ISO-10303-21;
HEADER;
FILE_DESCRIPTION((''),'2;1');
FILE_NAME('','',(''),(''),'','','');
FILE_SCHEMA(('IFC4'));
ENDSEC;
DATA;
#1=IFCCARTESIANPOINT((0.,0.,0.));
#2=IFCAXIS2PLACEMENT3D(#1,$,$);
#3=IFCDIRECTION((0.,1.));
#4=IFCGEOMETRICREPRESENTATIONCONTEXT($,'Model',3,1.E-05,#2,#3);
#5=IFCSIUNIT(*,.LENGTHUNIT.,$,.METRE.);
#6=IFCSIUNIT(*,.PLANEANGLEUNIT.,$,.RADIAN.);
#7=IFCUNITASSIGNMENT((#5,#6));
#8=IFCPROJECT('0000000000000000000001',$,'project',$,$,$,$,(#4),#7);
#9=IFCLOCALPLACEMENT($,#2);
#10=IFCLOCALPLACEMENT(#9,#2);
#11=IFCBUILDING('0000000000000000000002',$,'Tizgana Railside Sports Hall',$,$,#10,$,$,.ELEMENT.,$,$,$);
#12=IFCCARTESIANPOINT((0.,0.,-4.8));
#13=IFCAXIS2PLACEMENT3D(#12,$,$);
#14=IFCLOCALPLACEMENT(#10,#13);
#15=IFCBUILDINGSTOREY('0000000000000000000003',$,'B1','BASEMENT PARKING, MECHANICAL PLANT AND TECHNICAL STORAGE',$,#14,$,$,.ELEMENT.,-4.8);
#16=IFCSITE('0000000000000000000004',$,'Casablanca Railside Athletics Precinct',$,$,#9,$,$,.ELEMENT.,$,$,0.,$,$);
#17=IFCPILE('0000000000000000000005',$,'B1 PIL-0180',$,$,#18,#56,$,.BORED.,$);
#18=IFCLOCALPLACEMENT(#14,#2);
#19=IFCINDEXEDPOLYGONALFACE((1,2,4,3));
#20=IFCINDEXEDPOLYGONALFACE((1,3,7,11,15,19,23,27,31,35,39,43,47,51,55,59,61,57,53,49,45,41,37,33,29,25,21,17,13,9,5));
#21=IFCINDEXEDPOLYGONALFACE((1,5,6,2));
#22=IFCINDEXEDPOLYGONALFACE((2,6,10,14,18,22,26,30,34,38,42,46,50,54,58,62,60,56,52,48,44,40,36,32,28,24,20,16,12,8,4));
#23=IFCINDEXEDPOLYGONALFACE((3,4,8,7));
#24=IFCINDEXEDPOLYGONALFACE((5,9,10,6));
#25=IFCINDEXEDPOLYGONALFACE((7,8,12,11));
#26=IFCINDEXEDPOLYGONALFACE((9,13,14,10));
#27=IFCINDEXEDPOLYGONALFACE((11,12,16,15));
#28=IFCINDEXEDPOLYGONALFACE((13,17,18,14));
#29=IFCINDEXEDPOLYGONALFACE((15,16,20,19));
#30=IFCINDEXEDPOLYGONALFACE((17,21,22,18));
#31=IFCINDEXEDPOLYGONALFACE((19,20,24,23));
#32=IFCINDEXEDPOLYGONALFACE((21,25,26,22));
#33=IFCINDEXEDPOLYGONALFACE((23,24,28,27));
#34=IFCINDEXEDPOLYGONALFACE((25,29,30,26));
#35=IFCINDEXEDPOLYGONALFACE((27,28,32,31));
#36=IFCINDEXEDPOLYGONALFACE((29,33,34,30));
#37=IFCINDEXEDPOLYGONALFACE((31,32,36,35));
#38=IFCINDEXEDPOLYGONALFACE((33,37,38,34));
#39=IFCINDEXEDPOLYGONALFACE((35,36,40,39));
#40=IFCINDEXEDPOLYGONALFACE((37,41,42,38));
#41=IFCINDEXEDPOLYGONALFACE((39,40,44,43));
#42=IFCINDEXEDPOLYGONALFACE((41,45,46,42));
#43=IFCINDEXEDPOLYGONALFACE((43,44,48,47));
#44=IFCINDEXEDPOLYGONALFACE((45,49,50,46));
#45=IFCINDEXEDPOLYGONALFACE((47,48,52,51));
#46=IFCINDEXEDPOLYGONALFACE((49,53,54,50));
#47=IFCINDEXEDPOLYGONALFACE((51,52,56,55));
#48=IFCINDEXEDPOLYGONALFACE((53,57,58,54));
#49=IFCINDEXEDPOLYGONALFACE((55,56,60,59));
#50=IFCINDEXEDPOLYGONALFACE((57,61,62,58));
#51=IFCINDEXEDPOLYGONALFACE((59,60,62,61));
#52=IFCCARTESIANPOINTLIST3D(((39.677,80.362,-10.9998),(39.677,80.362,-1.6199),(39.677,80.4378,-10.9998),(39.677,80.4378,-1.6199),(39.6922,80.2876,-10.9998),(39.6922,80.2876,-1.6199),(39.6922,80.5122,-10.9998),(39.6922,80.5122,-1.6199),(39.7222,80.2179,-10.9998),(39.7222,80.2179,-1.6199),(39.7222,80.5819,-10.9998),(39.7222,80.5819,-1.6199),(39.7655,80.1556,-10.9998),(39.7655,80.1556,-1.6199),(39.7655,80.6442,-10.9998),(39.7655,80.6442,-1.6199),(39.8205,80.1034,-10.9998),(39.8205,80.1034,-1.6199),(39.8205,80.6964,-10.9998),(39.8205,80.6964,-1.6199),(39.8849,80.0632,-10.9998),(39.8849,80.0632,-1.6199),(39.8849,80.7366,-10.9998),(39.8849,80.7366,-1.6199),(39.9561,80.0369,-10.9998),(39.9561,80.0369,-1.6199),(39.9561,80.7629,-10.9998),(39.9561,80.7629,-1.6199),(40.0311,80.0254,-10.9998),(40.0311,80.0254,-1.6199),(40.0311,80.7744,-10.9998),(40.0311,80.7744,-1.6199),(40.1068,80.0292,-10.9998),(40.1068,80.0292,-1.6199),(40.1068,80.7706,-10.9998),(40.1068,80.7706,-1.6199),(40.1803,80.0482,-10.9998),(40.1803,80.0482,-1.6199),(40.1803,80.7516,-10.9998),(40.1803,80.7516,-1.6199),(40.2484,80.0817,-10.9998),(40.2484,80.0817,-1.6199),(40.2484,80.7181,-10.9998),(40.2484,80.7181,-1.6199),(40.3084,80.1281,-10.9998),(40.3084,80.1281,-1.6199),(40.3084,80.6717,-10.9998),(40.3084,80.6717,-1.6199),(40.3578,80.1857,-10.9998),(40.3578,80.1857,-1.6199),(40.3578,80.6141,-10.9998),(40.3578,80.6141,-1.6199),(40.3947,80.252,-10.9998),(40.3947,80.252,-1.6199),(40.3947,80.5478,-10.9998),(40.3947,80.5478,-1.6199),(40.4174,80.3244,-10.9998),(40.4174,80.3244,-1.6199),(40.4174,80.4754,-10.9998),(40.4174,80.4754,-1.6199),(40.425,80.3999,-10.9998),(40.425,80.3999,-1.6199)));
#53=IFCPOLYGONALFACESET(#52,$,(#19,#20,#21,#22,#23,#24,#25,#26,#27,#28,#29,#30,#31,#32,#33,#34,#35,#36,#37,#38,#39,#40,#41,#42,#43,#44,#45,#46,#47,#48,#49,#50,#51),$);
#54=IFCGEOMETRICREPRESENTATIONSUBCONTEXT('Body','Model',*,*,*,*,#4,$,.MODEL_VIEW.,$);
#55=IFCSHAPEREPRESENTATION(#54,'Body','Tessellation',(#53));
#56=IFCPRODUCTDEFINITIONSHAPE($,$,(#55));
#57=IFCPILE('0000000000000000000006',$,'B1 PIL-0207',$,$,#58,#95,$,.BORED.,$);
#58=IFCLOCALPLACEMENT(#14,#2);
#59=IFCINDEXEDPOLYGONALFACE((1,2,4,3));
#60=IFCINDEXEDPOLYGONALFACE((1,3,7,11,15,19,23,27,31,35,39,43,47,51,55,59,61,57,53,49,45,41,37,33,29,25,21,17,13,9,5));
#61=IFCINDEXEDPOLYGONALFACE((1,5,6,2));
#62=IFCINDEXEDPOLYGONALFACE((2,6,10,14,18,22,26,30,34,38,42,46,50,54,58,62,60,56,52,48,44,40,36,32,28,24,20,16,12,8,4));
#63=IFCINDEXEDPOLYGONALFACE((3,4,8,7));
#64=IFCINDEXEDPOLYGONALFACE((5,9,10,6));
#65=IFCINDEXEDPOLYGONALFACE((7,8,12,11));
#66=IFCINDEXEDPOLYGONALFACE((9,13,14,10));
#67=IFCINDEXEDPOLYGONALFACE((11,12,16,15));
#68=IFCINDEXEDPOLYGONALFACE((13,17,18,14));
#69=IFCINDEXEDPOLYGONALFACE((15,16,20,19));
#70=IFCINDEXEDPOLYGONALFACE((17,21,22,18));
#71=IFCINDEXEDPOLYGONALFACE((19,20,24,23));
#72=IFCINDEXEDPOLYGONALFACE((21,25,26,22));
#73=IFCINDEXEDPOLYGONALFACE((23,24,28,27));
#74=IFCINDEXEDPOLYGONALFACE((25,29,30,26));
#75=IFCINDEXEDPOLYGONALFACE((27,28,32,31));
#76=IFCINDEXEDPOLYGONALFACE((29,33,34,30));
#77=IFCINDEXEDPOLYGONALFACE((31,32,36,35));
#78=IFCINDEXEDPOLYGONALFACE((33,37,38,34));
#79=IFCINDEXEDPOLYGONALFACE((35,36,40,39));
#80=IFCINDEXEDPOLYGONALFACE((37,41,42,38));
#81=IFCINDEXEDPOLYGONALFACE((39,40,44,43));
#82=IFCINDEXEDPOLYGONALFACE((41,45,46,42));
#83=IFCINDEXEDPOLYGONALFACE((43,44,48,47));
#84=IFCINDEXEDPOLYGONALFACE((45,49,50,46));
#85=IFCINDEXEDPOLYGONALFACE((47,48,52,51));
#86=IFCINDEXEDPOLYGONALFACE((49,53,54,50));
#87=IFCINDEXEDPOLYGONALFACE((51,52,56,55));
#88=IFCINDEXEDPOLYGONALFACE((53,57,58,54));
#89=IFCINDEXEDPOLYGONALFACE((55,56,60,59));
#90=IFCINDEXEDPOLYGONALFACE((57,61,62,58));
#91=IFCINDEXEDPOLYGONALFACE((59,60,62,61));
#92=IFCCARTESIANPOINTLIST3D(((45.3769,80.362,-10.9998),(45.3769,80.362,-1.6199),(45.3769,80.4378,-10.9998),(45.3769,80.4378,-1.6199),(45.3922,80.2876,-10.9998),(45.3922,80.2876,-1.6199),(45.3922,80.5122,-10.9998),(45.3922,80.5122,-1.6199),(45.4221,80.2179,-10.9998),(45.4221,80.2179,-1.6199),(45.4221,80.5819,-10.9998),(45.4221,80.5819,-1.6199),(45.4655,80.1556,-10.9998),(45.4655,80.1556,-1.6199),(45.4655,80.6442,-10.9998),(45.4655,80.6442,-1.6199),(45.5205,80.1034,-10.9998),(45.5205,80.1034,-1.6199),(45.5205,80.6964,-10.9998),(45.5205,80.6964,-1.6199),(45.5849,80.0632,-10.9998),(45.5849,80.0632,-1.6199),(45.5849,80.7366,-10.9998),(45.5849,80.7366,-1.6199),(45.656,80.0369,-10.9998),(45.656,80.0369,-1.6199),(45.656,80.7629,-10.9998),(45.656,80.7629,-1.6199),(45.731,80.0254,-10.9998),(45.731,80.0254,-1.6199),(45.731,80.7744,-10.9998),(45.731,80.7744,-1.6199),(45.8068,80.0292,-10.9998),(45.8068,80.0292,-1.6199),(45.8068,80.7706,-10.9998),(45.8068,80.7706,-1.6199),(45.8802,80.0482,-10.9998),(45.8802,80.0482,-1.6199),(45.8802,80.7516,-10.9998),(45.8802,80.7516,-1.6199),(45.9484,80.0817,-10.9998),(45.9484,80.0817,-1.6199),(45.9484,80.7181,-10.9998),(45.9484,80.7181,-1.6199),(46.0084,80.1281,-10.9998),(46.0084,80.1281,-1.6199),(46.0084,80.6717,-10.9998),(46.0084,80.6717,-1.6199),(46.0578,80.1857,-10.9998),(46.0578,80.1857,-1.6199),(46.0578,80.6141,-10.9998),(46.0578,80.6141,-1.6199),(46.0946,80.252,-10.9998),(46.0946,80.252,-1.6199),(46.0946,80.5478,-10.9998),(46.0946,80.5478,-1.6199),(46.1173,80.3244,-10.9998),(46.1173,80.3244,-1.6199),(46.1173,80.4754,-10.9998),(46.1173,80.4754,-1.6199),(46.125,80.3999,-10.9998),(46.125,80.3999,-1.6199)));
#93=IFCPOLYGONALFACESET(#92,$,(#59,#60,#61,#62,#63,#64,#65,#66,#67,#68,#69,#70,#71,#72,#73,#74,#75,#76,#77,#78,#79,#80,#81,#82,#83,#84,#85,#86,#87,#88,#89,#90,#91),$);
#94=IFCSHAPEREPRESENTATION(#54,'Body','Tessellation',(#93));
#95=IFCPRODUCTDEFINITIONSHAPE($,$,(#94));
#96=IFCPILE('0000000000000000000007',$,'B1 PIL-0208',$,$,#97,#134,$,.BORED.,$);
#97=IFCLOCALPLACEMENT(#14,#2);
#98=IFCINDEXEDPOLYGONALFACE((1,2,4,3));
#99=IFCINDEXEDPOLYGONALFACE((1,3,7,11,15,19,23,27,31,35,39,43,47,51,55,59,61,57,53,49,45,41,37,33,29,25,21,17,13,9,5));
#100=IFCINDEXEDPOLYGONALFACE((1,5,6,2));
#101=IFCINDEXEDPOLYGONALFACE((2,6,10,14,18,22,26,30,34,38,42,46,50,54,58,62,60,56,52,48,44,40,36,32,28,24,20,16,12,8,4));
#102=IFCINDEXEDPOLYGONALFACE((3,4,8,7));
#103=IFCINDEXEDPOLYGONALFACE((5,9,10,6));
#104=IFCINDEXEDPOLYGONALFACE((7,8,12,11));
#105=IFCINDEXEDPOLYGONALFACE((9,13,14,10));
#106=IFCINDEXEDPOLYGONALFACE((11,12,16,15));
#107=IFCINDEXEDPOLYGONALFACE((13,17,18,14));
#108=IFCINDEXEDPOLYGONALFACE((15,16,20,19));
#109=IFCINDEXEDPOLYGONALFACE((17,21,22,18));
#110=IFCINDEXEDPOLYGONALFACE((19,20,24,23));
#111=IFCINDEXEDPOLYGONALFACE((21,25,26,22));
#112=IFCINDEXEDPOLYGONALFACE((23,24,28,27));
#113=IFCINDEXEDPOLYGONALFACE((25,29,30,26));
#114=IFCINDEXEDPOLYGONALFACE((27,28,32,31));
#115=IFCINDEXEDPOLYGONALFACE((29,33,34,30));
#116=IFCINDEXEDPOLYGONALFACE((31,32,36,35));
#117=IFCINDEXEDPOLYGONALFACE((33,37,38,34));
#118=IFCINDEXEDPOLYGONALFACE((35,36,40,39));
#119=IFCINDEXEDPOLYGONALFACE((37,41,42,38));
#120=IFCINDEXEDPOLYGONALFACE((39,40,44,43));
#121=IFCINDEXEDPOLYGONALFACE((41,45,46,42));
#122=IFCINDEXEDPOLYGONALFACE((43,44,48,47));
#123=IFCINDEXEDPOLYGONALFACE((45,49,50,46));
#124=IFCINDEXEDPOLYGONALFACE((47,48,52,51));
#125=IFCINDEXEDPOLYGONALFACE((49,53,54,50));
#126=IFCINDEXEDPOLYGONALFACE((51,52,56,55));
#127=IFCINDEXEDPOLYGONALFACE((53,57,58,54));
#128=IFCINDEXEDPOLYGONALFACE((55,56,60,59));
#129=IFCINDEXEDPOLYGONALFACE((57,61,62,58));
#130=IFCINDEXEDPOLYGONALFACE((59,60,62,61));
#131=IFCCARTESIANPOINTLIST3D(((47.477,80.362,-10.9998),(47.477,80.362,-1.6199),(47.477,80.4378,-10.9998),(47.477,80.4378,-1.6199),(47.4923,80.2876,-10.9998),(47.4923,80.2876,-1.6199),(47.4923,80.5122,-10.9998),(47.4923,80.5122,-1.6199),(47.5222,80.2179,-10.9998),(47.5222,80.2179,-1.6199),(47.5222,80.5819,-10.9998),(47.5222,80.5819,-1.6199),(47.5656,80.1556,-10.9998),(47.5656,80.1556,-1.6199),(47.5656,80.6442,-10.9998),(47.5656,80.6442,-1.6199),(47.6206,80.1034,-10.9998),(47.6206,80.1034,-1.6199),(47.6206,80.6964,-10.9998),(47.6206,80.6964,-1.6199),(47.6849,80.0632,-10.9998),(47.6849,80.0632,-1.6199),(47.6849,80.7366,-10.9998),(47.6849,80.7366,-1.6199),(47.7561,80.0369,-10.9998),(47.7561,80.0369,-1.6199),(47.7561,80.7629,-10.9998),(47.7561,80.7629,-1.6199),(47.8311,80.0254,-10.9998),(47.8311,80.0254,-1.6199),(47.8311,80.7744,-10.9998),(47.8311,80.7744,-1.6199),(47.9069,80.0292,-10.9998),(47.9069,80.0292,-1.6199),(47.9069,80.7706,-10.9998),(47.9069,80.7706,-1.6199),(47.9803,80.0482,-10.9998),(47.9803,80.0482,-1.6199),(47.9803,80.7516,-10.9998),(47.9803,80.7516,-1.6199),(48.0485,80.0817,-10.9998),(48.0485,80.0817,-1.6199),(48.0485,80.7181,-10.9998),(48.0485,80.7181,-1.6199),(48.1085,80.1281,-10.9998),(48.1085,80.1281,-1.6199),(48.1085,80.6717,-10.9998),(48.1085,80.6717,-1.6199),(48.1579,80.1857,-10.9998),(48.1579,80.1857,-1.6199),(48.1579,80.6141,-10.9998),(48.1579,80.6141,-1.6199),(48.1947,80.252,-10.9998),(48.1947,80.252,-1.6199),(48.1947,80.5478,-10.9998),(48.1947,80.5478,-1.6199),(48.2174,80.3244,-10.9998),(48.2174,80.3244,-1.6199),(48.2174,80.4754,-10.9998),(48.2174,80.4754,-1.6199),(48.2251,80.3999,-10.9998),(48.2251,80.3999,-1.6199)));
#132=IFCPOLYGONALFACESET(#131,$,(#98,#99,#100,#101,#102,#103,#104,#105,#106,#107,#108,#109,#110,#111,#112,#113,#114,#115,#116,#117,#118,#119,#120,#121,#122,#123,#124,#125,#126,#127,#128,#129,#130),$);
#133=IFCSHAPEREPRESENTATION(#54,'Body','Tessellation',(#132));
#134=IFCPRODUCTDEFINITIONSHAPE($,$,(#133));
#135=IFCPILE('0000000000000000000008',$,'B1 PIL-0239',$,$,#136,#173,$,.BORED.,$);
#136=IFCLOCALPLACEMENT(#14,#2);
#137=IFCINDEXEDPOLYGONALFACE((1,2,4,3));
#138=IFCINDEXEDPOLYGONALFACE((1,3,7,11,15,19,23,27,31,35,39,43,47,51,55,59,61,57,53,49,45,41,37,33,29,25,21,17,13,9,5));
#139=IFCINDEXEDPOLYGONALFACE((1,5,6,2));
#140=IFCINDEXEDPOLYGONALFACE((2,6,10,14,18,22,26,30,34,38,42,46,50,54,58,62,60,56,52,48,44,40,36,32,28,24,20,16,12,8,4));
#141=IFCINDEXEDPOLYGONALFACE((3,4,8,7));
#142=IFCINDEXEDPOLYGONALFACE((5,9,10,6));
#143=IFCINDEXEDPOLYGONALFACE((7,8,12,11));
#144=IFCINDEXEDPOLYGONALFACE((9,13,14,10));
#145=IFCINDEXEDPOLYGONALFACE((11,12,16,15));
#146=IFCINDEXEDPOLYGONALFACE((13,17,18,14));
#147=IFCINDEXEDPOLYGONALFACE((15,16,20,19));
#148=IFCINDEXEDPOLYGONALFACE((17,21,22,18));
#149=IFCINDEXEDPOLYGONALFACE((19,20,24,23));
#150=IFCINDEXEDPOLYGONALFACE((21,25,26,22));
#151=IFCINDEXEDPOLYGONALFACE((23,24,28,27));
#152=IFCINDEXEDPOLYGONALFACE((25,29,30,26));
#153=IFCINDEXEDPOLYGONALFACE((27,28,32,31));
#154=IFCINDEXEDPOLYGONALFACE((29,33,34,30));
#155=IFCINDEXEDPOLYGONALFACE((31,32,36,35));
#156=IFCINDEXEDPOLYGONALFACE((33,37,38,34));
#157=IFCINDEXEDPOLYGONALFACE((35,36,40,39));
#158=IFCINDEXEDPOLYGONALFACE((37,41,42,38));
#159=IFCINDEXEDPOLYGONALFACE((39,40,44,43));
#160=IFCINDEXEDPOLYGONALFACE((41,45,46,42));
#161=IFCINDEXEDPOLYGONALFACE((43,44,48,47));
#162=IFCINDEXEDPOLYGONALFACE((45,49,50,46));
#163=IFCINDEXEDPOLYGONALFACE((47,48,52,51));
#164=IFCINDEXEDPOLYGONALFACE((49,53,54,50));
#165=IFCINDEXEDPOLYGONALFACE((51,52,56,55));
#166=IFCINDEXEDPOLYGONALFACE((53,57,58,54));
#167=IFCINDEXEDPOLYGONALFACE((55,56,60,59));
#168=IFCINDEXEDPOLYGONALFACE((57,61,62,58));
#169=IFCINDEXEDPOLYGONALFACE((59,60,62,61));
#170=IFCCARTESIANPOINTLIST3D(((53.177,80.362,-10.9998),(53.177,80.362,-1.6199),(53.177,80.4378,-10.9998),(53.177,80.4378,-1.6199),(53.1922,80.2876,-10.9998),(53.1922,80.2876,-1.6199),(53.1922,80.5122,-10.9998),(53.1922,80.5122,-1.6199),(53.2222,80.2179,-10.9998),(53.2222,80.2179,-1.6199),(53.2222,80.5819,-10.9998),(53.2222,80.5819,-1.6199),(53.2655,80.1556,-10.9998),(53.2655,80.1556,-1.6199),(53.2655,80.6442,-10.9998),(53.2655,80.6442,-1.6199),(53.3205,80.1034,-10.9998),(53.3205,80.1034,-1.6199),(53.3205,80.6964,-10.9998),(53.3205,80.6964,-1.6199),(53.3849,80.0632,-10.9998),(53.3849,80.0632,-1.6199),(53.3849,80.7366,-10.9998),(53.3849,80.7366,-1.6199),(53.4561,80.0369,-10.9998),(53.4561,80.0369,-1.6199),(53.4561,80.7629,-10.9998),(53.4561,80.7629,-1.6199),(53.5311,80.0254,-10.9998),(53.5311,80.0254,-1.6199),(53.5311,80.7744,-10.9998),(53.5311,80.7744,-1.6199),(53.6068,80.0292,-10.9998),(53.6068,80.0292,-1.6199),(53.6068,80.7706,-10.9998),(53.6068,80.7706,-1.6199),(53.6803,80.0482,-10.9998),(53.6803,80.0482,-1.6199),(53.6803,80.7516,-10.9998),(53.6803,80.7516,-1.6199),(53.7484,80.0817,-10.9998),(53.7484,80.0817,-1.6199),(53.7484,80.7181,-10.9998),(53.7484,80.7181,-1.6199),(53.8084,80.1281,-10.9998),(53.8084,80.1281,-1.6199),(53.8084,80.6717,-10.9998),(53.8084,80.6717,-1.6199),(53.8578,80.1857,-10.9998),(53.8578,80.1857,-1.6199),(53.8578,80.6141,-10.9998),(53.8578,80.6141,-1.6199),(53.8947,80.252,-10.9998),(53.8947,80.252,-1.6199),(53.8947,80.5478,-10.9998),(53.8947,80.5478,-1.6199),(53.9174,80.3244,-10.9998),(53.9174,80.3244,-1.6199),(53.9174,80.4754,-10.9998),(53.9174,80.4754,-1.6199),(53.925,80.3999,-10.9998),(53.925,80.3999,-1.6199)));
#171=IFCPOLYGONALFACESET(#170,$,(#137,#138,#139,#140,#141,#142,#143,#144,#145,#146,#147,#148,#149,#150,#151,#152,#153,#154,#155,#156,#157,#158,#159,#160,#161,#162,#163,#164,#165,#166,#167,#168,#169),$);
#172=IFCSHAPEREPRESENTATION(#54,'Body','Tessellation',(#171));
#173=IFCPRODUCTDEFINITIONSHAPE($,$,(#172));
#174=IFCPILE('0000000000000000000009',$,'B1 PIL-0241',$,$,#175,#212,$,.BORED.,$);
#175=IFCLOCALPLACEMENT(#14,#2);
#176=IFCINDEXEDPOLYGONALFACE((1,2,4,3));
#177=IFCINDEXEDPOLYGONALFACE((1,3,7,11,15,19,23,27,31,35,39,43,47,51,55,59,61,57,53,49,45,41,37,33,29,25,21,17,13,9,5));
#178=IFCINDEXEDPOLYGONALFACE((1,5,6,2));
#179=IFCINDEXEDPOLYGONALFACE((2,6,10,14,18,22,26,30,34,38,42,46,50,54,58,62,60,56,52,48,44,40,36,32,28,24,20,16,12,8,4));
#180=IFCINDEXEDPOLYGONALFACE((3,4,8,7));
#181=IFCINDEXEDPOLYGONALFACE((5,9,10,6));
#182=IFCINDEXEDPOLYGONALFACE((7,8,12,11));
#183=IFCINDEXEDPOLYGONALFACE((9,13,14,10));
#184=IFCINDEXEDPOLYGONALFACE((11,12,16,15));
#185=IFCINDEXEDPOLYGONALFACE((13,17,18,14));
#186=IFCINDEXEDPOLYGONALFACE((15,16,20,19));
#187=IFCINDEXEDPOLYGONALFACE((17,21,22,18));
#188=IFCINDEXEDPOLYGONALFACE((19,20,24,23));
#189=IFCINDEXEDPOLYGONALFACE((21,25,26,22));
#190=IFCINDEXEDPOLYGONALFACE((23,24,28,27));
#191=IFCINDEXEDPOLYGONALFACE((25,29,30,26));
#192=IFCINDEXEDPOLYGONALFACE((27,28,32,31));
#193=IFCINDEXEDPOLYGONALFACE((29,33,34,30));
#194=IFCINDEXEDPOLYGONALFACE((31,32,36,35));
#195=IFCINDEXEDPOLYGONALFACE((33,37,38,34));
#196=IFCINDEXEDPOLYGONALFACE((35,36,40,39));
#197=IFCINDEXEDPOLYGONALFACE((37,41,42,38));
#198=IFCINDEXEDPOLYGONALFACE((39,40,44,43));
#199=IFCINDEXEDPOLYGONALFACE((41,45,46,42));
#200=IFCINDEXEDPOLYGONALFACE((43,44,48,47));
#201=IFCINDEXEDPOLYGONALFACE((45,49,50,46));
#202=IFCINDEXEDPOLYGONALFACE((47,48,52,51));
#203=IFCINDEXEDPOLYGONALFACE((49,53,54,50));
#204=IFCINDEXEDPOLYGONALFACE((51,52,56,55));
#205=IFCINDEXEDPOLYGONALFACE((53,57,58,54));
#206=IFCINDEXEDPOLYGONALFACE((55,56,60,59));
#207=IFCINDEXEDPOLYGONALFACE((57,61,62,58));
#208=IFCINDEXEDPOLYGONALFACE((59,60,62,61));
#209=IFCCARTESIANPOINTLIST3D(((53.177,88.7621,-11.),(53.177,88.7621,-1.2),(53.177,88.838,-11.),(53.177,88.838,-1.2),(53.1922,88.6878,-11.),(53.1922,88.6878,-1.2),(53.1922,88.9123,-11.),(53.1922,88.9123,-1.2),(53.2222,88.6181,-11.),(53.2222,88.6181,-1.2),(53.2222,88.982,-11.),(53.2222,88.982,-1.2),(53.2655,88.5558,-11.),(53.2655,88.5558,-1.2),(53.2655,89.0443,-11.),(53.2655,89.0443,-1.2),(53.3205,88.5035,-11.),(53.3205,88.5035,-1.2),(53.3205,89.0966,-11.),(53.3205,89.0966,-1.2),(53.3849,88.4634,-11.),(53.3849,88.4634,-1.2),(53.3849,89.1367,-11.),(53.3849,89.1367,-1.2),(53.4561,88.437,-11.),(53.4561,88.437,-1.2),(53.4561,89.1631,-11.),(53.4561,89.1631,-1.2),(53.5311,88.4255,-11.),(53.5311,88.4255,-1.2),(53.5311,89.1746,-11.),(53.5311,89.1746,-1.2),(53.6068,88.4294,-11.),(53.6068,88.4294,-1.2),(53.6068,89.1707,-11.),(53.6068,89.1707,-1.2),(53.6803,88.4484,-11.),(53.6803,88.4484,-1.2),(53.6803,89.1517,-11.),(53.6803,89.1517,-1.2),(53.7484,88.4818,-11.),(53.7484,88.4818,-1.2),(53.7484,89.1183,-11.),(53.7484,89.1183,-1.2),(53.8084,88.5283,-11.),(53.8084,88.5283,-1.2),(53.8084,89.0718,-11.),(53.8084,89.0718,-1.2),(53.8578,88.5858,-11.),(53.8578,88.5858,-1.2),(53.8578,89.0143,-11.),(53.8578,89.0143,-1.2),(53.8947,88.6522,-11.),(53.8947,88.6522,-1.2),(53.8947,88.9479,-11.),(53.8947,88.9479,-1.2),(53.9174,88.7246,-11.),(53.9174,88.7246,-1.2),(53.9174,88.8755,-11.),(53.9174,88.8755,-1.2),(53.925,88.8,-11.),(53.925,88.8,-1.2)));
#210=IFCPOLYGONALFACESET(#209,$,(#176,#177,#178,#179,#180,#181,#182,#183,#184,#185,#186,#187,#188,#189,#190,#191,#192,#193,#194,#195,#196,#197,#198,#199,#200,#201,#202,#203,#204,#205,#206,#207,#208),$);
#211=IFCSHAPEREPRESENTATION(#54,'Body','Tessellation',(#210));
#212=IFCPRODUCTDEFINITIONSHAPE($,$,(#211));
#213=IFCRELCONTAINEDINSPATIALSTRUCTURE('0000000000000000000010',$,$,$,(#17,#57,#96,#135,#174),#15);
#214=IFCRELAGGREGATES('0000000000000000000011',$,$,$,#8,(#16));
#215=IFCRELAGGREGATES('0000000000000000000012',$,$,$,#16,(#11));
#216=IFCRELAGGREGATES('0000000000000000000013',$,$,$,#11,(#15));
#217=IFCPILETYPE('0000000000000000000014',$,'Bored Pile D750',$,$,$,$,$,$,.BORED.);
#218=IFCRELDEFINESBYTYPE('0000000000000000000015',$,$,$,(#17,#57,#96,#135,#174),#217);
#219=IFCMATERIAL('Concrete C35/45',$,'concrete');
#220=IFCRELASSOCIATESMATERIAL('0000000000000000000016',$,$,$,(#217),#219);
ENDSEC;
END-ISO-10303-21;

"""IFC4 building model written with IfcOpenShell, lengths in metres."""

from ifc_helpers import new_model, si_unit, direction, frame, origin, origin_2d, place, context, subcontext, project, spatial, circle, extrude, material, material_profile, profile_set, type_object, element, save


model = new_model("IFC4")

# Units and contexts
model_context = context("Model", 3, precision=1e-05, world=origin(), true_north=direction((0.0, 1.0)))
body_context = subcontext(model_context, "Body", "Model", "MODEL_VIEW")
ifc_project = project(units=[si_unit("LENGTHUNIT", "METRE"), si_unit("PLANEANGLEUNIT", "RADIAN")], contexts=[model_context])

# Site, building, storey
site_placement = place(None, origin())
site = spatial("IfcSite", under=ifc_project, at=site_placement, Name="Casablanca Railside Athletics Precinct", CompositionType="ELEMENT", RefElevation=0.0)
building_placement = place(site_placement, origin())
building = spatial("IfcBuilding", under=site, at=building_placement, Name="Tizgana Railside Sports Hall", CompositionType="ELEMENT")
storey_placement = place(building_placement, frame((0.0, 0.0, -4.8)))
storey = spatial("IfcBuildingStorey", under=building, at=storey_placement, Name="B1", Description="BASEMENT PARKING, MECHANICAL PLANT AND TECHNICAL STORAGE", CompositionType="ELEMENT", Elevation=-4.8)

# Piles
ifc_material_1 = material(Name="Concrete C35/45", Category="concrete")
ifc_material_profile_1 = material_profile(ifc_material_1, circle(Radius=0.375, at=origin_2d()), Name="PILE D750")
ifc_profile_set_1 = profile_set([ifc_material_profile_1], Name="Concrete C35/45")
pile_type = type_object("IfcPileType", Name="Bored Pile D750", PredefinedType="BORED", material=ifc_profile_set_1)
for number, where, z_axis, x_axis, name in (
    (1, (40.05, 80.3999, -1.6199), (0.0, 0.0, -1.0), (1.0, 0.0, 0.0), "B1 PIL-0180"),
    (2, (45.75, 80.3999, -1.6199), (0.0, 0.0, -1.0), (1.0, 0.0, 0.0), "B1 PIL-0207"),
    (3, (47.8501, 80.3999, -1.6199), (0.0, 0.0, -1.0), (1.0, 0.0, 0.0), "B1 PIL-0208"),
    (4, (53.55, 80.3999, -1.6199), (0.0, 0.0, -1.0), (1.0, 0.0, 0.0), "B1 PIL-0239"),
):
    element("IfcPile", number, at=place(storey_placement, frame(where, z_axis=z_axis, x_axis=x_axis)), inside=storey, type_object=pile_type, Name=name, PredefinedType="BORED", context=body_context, shape_type="SweptSolid", body=[
        extrude(circle(Radius=0.375, at=origin_2d()), origin(), (0.0, 0.0, 1.0), 9.3799),
    ])
pile_placement = place(storey_placement, frame((53.55, 88.8, -1.2), z_axis=(0.0, 0.0, -1.0), x_axis=(1.0, 0.0, 0.0)))
element("IfcPile", 5, at=pile_placement, inside=storey, type_object=pile_type, Name="B1 PIL-0241", PredefinedType="BORED", context=body_context, shape_type="SweptSolid", body=[
    extrude(circle(Radius=0.375, at=origin_2d()), origin(), (0.0, 0.0, 1.0), 9.8),
])

save(model, "model.ifc")
